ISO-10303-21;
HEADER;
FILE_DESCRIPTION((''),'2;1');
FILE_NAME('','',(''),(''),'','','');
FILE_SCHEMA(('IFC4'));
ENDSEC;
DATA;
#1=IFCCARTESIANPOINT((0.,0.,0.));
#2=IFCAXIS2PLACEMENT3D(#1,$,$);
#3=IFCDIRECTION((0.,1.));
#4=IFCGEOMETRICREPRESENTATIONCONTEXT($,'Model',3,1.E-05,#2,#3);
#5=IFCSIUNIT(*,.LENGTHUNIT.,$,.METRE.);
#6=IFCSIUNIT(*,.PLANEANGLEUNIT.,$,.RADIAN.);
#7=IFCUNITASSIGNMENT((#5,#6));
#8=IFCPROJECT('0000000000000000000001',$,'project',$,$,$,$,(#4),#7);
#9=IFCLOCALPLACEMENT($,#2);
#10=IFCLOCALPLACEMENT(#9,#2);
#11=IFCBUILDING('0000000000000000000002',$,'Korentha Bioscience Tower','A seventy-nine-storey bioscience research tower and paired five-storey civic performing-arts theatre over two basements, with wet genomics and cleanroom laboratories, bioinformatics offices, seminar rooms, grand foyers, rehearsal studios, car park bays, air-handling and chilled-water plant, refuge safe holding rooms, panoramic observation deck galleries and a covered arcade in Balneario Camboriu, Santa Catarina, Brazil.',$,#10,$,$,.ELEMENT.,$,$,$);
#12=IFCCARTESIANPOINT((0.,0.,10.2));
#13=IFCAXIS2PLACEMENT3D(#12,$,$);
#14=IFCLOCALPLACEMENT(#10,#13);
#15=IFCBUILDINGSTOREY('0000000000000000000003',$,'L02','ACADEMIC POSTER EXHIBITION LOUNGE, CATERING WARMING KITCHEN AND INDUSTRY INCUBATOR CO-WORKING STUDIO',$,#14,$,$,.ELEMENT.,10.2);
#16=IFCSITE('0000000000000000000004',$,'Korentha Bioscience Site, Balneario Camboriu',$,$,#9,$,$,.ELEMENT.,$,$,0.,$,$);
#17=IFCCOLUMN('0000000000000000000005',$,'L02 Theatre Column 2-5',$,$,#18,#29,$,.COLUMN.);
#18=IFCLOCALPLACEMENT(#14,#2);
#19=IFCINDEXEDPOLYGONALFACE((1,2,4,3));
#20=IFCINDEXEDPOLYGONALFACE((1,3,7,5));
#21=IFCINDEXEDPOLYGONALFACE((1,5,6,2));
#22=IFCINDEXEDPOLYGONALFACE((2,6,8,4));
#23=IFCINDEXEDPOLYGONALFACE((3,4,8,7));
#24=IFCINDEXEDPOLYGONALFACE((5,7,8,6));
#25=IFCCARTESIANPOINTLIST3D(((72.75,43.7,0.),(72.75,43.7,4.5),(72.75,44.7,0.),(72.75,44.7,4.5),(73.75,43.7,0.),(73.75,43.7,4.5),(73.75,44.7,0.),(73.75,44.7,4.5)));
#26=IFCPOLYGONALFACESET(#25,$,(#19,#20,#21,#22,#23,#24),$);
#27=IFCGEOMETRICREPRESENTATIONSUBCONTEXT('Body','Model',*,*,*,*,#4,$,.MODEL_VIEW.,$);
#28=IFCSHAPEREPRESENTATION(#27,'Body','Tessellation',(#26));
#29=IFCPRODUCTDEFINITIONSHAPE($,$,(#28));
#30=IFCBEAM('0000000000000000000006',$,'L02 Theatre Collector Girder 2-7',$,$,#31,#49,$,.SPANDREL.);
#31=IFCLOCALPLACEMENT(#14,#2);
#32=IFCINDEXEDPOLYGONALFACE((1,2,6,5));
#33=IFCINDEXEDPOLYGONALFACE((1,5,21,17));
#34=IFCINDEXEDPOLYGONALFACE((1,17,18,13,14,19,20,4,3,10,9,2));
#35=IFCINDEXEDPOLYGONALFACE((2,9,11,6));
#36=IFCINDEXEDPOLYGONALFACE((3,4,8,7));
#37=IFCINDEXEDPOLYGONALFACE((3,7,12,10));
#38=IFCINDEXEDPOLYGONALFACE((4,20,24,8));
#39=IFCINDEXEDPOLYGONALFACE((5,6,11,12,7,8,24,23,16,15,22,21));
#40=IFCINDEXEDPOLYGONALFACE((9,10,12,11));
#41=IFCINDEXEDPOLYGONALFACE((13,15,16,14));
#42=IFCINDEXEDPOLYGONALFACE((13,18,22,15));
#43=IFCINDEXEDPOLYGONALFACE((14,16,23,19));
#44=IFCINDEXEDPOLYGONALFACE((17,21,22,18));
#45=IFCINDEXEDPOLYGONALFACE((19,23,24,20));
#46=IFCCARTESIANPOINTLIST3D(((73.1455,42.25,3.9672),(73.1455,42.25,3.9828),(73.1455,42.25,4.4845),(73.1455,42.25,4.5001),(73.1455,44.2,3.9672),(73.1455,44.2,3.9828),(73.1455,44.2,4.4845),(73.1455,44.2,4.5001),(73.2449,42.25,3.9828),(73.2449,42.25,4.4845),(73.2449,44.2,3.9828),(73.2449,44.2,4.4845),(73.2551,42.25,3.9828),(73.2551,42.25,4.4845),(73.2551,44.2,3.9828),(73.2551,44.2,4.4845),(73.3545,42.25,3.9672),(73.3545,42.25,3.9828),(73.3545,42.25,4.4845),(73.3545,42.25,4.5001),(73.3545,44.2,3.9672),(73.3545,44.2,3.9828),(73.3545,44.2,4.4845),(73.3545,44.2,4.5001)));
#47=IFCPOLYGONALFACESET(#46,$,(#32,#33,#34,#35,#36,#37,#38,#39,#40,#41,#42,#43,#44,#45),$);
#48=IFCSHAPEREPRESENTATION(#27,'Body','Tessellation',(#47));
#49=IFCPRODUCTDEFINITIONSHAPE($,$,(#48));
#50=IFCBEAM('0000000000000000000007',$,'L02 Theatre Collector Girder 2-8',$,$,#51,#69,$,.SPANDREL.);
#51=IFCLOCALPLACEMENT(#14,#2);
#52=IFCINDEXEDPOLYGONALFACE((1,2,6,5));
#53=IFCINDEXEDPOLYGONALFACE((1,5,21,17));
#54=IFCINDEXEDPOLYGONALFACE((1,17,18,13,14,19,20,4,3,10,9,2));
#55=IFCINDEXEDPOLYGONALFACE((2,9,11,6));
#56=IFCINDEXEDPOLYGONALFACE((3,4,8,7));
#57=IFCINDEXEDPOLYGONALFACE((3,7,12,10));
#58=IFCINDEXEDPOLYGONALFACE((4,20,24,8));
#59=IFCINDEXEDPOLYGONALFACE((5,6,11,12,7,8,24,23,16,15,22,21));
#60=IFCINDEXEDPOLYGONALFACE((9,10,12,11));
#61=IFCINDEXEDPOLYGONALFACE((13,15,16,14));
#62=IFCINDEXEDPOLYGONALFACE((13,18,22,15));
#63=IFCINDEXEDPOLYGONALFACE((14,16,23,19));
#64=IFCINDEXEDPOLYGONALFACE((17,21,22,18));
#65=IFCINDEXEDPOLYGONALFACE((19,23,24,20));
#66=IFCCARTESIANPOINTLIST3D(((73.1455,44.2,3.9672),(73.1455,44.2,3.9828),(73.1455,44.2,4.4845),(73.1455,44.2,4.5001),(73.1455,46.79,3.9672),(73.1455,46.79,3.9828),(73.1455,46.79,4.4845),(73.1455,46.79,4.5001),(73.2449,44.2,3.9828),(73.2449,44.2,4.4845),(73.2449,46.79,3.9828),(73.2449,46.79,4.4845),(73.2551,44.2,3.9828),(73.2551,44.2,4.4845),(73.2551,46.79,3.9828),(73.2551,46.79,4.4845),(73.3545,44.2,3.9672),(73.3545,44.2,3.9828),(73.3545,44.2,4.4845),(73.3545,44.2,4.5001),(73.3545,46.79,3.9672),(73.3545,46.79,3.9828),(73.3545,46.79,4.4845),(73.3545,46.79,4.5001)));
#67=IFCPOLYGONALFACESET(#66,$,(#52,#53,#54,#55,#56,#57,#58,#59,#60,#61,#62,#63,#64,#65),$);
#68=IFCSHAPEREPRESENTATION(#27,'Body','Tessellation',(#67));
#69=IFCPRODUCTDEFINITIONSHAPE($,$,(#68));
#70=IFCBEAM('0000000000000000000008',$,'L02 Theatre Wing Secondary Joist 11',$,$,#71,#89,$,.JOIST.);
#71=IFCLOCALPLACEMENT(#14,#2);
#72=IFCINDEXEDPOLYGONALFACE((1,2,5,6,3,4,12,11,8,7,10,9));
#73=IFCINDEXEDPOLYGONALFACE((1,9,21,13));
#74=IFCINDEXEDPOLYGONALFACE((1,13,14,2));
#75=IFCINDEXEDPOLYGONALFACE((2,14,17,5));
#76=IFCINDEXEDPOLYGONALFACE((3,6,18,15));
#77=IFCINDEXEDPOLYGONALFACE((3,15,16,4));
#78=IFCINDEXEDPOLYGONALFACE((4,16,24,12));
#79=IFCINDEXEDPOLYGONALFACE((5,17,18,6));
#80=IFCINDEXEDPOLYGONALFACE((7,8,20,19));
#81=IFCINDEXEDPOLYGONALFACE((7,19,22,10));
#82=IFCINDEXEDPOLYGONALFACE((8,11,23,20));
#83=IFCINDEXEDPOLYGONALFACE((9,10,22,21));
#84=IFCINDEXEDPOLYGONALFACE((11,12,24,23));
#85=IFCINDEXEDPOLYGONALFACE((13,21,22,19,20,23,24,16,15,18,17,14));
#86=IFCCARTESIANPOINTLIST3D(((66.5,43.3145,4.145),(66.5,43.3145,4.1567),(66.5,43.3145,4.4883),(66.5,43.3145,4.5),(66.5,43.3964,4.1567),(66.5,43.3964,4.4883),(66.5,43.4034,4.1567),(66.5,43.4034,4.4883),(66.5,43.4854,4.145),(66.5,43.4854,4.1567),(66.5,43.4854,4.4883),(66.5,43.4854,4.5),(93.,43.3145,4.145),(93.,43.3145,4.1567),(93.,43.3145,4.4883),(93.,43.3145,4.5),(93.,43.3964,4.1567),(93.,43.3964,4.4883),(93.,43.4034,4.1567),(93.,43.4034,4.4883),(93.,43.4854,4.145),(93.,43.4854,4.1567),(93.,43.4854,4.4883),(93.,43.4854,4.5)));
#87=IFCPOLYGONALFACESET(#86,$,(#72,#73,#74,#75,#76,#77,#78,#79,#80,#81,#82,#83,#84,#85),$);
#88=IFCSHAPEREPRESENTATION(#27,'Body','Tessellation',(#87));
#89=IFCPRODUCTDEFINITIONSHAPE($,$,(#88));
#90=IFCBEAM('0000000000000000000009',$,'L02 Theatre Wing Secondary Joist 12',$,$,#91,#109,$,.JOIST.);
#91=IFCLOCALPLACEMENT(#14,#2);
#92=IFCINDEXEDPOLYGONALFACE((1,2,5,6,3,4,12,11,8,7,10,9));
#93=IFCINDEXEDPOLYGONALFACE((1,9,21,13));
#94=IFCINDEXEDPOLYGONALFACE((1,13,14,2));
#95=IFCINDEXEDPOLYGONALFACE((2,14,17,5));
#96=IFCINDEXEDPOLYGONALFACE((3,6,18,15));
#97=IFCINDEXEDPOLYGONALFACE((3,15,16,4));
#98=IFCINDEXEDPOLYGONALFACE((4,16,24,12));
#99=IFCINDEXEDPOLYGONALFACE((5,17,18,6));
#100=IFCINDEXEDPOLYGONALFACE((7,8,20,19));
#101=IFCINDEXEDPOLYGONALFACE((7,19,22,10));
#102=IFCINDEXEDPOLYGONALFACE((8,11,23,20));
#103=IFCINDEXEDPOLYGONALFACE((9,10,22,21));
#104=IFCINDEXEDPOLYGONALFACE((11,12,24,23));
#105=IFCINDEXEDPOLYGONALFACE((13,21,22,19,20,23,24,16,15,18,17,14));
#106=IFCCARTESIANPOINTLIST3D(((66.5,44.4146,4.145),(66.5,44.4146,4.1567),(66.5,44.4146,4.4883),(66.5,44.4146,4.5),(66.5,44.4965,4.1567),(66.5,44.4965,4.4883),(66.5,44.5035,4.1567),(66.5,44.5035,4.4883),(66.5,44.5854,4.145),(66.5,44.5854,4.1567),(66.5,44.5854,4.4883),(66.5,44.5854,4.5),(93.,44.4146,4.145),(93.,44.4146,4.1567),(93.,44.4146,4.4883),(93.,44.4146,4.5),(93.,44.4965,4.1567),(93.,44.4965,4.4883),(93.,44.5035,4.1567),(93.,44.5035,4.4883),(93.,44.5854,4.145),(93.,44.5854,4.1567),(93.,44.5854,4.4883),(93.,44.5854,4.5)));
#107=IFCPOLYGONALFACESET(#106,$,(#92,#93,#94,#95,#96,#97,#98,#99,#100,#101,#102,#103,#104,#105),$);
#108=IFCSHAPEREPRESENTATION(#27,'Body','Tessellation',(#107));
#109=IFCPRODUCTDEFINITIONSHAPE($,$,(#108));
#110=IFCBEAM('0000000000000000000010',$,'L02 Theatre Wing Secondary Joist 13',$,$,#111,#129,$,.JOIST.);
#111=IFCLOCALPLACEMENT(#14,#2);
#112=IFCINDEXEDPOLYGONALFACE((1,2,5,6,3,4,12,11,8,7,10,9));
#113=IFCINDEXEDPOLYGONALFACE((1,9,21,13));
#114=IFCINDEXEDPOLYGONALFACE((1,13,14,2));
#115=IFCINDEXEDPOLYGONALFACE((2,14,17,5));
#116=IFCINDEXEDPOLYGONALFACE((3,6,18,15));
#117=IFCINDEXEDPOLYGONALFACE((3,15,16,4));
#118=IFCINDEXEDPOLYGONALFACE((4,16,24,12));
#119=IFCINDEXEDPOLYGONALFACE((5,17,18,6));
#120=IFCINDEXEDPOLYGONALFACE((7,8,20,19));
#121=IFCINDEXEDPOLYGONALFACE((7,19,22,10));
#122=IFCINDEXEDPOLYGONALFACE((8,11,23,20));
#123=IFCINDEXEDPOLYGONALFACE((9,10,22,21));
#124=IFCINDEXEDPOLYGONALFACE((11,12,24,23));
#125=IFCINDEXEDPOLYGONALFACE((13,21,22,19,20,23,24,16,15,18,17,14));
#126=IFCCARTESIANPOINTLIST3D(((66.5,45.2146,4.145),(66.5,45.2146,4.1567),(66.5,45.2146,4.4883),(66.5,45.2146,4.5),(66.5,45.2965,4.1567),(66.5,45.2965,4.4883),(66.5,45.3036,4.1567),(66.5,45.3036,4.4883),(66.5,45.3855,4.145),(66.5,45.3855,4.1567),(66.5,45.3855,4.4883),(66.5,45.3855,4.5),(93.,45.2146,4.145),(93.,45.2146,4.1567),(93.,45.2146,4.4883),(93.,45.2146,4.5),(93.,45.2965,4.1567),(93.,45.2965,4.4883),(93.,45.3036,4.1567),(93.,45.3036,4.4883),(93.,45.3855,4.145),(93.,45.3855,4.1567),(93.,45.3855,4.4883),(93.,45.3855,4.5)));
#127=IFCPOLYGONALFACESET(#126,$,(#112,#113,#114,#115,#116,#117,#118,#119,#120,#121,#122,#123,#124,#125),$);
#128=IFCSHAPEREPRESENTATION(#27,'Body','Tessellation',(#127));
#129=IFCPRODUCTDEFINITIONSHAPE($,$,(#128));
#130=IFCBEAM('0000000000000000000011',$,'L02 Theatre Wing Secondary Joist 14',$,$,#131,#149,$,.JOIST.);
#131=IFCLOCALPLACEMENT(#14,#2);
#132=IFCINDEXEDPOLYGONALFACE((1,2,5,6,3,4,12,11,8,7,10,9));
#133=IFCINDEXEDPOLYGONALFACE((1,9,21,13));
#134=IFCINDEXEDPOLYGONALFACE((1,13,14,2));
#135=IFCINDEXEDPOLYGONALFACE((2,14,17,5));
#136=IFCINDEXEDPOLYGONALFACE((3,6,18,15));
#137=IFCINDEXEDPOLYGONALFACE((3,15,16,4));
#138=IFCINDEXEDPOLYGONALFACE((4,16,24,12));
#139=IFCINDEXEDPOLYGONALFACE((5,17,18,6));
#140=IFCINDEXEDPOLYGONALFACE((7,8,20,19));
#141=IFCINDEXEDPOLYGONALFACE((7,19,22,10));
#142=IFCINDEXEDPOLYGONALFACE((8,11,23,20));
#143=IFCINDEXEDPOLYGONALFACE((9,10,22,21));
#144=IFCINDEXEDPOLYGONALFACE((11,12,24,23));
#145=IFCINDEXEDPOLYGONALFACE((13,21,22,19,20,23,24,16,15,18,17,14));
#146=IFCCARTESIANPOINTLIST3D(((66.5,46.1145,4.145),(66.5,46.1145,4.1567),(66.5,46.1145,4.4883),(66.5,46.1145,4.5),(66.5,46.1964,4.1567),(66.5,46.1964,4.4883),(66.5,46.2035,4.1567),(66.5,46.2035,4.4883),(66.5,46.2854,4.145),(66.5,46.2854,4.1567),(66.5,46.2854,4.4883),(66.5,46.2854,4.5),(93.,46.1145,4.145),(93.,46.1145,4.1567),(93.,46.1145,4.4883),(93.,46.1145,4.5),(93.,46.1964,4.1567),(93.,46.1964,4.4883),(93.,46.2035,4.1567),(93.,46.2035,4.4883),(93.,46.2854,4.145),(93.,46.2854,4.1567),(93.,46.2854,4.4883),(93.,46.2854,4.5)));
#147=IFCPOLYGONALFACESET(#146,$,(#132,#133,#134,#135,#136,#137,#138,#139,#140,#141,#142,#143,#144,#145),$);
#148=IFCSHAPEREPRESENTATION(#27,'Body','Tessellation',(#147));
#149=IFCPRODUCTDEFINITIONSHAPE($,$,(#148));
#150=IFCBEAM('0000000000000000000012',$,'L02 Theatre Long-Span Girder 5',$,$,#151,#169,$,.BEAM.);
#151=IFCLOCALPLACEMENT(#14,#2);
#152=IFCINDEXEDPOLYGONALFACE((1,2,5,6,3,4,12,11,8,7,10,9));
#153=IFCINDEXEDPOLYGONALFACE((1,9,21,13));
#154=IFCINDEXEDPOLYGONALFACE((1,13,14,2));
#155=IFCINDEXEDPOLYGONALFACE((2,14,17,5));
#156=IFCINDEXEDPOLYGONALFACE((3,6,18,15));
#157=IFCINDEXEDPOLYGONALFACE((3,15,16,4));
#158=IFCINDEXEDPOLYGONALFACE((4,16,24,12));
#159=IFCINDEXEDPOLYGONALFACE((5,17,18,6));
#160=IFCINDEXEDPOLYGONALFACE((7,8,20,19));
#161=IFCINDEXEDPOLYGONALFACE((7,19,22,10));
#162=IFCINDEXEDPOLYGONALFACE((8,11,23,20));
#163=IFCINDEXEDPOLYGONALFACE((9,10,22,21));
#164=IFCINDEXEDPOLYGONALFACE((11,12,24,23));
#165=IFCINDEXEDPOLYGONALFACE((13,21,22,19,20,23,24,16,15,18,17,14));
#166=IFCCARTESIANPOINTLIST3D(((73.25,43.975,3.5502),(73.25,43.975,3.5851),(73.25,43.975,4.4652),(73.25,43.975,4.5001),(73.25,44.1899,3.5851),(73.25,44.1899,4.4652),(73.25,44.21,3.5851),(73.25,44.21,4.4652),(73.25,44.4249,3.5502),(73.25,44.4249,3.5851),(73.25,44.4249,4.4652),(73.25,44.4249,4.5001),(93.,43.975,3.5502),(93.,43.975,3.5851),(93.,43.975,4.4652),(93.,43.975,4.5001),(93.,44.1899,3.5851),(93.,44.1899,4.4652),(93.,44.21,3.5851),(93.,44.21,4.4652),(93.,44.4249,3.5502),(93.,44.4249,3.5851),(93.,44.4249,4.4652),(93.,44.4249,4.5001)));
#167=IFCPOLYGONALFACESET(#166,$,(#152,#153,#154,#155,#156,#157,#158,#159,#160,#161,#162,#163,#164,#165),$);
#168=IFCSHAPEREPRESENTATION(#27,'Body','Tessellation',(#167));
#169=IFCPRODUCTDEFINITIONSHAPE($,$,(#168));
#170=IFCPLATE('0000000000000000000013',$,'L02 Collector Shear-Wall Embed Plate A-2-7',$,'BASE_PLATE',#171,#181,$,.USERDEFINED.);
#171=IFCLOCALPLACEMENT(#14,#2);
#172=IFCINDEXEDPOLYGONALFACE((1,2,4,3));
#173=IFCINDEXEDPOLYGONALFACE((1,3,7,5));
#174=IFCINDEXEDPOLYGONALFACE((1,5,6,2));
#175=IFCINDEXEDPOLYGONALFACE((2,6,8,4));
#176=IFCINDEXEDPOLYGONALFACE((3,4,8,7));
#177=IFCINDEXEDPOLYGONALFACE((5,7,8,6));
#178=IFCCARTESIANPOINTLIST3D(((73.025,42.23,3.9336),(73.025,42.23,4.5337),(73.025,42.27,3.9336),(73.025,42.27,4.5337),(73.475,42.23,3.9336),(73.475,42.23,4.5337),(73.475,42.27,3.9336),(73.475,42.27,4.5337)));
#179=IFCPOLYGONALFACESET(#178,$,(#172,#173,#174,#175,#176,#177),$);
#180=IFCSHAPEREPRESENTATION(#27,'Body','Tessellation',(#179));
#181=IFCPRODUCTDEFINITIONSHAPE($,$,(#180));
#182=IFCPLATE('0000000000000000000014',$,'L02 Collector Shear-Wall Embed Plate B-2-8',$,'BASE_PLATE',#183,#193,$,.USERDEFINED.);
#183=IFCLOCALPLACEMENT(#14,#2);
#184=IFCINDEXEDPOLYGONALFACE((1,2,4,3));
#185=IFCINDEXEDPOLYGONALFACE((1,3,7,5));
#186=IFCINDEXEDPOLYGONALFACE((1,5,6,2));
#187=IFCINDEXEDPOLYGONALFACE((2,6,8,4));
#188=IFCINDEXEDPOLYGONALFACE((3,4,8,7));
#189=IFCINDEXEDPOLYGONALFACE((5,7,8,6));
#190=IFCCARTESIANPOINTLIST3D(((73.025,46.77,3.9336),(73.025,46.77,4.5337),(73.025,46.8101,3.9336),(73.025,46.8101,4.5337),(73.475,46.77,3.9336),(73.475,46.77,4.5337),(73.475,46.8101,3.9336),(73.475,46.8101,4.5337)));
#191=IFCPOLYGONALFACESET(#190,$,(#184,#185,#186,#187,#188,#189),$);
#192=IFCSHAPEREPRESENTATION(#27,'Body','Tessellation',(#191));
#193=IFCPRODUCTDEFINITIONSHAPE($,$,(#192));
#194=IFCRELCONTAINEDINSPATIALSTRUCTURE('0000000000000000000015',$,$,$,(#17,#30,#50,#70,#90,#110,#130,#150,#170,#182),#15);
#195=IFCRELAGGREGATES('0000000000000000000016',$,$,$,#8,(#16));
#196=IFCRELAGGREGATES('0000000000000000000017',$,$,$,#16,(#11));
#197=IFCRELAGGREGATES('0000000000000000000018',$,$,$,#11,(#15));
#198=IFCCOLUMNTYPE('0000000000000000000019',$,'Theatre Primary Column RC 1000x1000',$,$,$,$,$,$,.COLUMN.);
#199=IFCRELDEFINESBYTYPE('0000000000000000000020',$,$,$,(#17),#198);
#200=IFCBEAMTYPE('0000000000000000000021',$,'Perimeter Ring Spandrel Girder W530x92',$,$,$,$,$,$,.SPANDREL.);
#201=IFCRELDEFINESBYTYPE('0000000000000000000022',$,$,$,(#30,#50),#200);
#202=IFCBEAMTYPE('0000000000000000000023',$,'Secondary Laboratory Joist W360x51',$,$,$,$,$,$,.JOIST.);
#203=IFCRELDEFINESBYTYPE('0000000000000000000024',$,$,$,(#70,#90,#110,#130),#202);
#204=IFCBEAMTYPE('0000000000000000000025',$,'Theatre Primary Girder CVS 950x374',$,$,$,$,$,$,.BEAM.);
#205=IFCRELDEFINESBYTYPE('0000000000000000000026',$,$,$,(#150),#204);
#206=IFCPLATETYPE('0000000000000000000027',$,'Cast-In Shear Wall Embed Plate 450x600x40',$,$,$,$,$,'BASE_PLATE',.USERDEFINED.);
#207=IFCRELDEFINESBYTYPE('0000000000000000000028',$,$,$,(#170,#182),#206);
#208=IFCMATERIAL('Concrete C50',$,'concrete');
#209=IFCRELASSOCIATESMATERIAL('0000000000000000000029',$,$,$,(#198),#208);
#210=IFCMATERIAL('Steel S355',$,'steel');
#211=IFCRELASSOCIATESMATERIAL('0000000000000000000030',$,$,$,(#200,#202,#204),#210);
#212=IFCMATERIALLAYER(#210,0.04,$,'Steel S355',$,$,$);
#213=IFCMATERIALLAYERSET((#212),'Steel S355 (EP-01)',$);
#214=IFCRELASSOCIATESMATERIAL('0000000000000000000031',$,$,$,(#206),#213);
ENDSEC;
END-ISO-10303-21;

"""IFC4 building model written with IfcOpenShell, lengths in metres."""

from ifc_helpers import new_model, si_unit, direction, frame, origin, origin_2d, place, context, subcontext, project, spatial, rectangle, i_section, extrude, material, layer, layer_set, material_profile, profile_set, type_object, element, save


model = new_model("IFC4")

# Units and contexts
model_context = context("Model", 3, precision=1e-05, world=origin(), true_north=direction((0.0, 1.0)))
body_context = subcontext(model_context, "Body", "Model", "MODEL_VIEW")
ifc_project = project(units=[si_unit("LENGTHUNIT", "METRE"), si_unit("PLANEANGLEUNIT", "RADIAN")], contexts=[model_context])

# Site, building, storey
site_placement = place(None, origin())
site = spatial("IfcSite", under=ifc_project, at=site_placement, Name="Korentha Bioscience Site, Balneario Camboriu", CompositionType="ELEMENT", RefElevation=0.0)
building_placement = place(site_placement, origin())
building = spatial("IfcBuilding", under=site, at=building_placement, Name="Korentha Bioscience Tower", Description="A seventy-nine-storey bioscience research tower and paired five-storey civic performing-arts theatre over two basements, with wet genomics and cleanroom laboratories, bioinformatics offices, seminar rooms, grand foyers, rehearsal studios, car park bays, air-handling and chilled-water plant, refuge safe holding rooms, panoramic observation deck galleries and a covered arcade in Balneario Camboriu, Santa Catarina, Brazil.", CompositionType="ELEMENT")
storey_placement = place(building_placement, frame((0.0, 0.0, 10.2)))
storey = spatial("IfcBuildingStorey", under=building, at=storey_placement, Name="L02", Description="ACADEMIC POSTER EXHIBITION LOUNGE, CATERING WARMING KITCHEN AND INDUSTRY INCUBATOR CO-WORKING STUDIO", CompositionType="ELEMENT", Elevation=10.2)

# Column
ifc_material_1 = material(Name="Concrete C50", Category="concrete")
ifc_material_profile_1 = material_profile(ifc_material_1, rectangle(XDim=1.0, YDim=1.0, at=origin_2d()), Name="Concrete C50")
ifc_profile_set_1 = profile_set([ifc_material_profile_1], Name="Concrete C50 (TC-01)")
column_type = type_object("IfcColumnType", Name="Theatre Primary Column RC 1000x1000", PredefinedType="COLUMN", material=ifc_profile_set_1)
column_placement = place(storey_placement, frame((73.25, 44.2, 0.0), z_axis=(0.0, 0.0, 1.0), x_axis=(1.0, 0.0, 0.0)))
element("IfcColumn", 1, at=column_placement, inside=storey, type_object=column_type, Name="L02 Theatre Column 2-5", PredefinedType="COLUMN", context=body_context, shape_type="SweptSolid", body=[
    extrude(rectangle(XDim=1.0, YDim=1.0, at=origin_2d()), origin(), (0.0, 0.0, 1.0), 4.5),
])

# Beams
ifc_material_2 = material(Name="Steel S355", Category="steel")
ifc_material_profile_2 = material_profile(ifc_material_2, i_section(OverallWidth=0.209, OverallDepth=0.533, WebThickness=0.0103, FlangeThickness=0.0156, at=origin_2d()), Name="Steel S355")
ifc_profile_set_2 = profile_set([ifc_material_profile_2], Name="Steel S355 (SB-530)")
beam_type_1 = type_object("IfcBeamType", Name="Perimeter Ring Spandrel Girder W530x92", PredefinedType="SPANDREL", material=ifc_profile_set_2)
beam_1_placement = place(storey_placement, frame((73.25, 42.25, 4.2336), z_axis=(0.0, 1.0, 0.0), x_axis=(-1.0, 0.0, 0.0)))
element("IfcBeam", 2, at=beam_1_placement, inside=storey, type_object=beam_type_1, Name="L02 Theatre Collector Girder 2-7", PredefinedType="SPANDREL", context=body_context, shape_type="SweptSolid", body=[
    extrude(i_section(OverallWidth=0.209, OverallDepth=0.533, WebThickness=0.0103, FlangeThickness=0.0156, at=origin_2d()), origin(), (0.0, 0.0, 1.0), 1.95),
])
beam_2_placement = place(storey_placement, frame((73.25, 44.2, 4.2336), z_axis=(0.0, 1.0, 0.0), x_axis=(-1.0, 0.0, 0.0)))
element("IfcBeam", 3, at=beam_2_placement, inside=storey, type_object=beam_type_1, Name="L02 Theatre Collector Girder 2-8", PredefinedType="SPANDREL", context=body_context, shape_type="SweptSolid", body=[
    extrude(i_section(OverallWidth=0.209, OverallDepth=0.533, WebThickness=0.0103, FlangeThickness=0.0156, at=origin_2d()), origin(), (0.0, 0.0, 1.0), 2.5901),
])
ifc_material_profile_3 = material_profile(ifc_material_2, i_section(OverallWidth=0.1709, OverallDepth=0.355, WebThickness=0.0071, FlangeThickness=0.0117, at=origin_2d()), Name="Steel S355")
ifc_profile_set_3 = profile_set([ifc_material_profile_3], Name="Steel S355 (JB-360)")
beam_type_2 = type_object("IfcBeamType", Name="Secondary Laboratory Joist W360x51", PredefinedType="JOIST", material=ifc_profile_set_3)
for number, where, z_axis, x_axis, name in (
    (4, (66.5, 43.3999, 4.3225), (1.0, 0.0, 0.0), (0.0, 1.0, 0.0), "L02 Theatre Wing Secondary Joist 11"),
    (5, (66.5, 44.5, 4.3225), (1.0, 0.0, 0.0), (0.0, 1.0, 0.0), "L02 Theatre Wing Secondary Joist 12"),
    (6, (66.5, 45.3, 4.3225), (1.0, 0.0, 0.0), (0.0, 1.0, 0.0), "L02 Theatre Wing Secondary Joist 13"),
    (7, (66.5, 46.2, 4.3225), (1.0, 0.0, 0.0), (0.0, 1.0, 0.0), "L02 Theatre Wing Secondary Joist 14"),
):
    element("IfcBeam", number, at=place(storey_placement, frame(where, z_axis=z_axis, x_axis=x_axis)), inside=storey, type_object=beam_type_2, Name=name, PredefinedType="JOIST", context=body_context, shape_type="SweptSolid", body=[
        extrude(i_section(OverallWidth=0.1709, OverallDepth=0.355, WebThickness=0.0071, FlangeThickness=0.0117, at=origin_2d()), origin(), (0.0, 0.0, 1.0), 26.5),
    ])
ifc_material_profile_4 = material_profile(ifc_material_2, i_section(OverallWidth=0.45, OverallDepth=0.95, WebThickness=0.02, FlangeThickness=0.0349, at=origin_2d()), Name="Steel S355")
ifc_profile_set_4 = profile_set([ifc_material_profile_4], Name="Steel S355 (TB-950)")
beam_type_3 = type_object("IfcBeamType", Name="Theatre Primary Girder CVS 950x374", PredefinedType="BEAM", material=ifc_profile_set_4)
beam_3_placement = place(storey_placement, frame((73.25, 44.2, 4.0251), z_axis=(1.0, 0.0, 0.0), x_axis=(0.0, 1.0, 0.0)))
element("IfcBeam", 8, at=beam_3_placement, inside=storey, type_object=beam_type_3, Name="L02 Theatre Long-Span Girder 5", PredefinedType="BEAM", context=body_context, shape_type="SweptSolid", body=[
    extrude(i_section(OverallWidth=0.45, OverallDepth=0.95, WebThickness=0.02, FlangeThickness=0.0349, at=origin_2d()), origin(), (0.0, 0.0, 1.0), 19.75),
])

# Plates
ifc_layer_1 = layer(ifc_material_2, 0.04, Name="Steel S355")
ifc_layer_set_1 = layer_set([ifc_layer_1], Name="Steel S355 (EP-01)")
plate_type = type_object("IfcPlateType", Name="Cast-In Shear Wall Embed Plate 450x600x40", ElementType="BASE_PLATE", PredefinedType="USERDEFINED", material=ifc_layer_set_1)
for number, where, z_axis, x_axis, name in (
    (9, (73.25, 42.25, 3.9336), (0.0, 0.0, 1.0), (1.0, 0.0, 0.0), "L02 Collector Shear-Wall Embed Plate A-2-7"),
    (10, (73.25, 46.79, 3.9336), (0.0, 0.0, 1.0), (1.0, 0.0, 0.0), "L02 Collector Shear-Wall Embed Plate B-2-8"),
):
    element("IfcPlate", number, at=place(storey_placement, frame(where, z_axis=z_axis, x_axis=x_axis)), inside=storey, type_object=plate_type, Name=name, ObjectType="BASE_PLATE", PredefinedType="USERDEFINED", context=body_context, shape_type="SweptSolid", body=[
        extrude(rectangle(XDim=0.45, YDim=0.04, at=origin_2d()), origin(), (0.0, 0.0, 1.0), 0.6001),
    ])

save(model, "model.ifc")
